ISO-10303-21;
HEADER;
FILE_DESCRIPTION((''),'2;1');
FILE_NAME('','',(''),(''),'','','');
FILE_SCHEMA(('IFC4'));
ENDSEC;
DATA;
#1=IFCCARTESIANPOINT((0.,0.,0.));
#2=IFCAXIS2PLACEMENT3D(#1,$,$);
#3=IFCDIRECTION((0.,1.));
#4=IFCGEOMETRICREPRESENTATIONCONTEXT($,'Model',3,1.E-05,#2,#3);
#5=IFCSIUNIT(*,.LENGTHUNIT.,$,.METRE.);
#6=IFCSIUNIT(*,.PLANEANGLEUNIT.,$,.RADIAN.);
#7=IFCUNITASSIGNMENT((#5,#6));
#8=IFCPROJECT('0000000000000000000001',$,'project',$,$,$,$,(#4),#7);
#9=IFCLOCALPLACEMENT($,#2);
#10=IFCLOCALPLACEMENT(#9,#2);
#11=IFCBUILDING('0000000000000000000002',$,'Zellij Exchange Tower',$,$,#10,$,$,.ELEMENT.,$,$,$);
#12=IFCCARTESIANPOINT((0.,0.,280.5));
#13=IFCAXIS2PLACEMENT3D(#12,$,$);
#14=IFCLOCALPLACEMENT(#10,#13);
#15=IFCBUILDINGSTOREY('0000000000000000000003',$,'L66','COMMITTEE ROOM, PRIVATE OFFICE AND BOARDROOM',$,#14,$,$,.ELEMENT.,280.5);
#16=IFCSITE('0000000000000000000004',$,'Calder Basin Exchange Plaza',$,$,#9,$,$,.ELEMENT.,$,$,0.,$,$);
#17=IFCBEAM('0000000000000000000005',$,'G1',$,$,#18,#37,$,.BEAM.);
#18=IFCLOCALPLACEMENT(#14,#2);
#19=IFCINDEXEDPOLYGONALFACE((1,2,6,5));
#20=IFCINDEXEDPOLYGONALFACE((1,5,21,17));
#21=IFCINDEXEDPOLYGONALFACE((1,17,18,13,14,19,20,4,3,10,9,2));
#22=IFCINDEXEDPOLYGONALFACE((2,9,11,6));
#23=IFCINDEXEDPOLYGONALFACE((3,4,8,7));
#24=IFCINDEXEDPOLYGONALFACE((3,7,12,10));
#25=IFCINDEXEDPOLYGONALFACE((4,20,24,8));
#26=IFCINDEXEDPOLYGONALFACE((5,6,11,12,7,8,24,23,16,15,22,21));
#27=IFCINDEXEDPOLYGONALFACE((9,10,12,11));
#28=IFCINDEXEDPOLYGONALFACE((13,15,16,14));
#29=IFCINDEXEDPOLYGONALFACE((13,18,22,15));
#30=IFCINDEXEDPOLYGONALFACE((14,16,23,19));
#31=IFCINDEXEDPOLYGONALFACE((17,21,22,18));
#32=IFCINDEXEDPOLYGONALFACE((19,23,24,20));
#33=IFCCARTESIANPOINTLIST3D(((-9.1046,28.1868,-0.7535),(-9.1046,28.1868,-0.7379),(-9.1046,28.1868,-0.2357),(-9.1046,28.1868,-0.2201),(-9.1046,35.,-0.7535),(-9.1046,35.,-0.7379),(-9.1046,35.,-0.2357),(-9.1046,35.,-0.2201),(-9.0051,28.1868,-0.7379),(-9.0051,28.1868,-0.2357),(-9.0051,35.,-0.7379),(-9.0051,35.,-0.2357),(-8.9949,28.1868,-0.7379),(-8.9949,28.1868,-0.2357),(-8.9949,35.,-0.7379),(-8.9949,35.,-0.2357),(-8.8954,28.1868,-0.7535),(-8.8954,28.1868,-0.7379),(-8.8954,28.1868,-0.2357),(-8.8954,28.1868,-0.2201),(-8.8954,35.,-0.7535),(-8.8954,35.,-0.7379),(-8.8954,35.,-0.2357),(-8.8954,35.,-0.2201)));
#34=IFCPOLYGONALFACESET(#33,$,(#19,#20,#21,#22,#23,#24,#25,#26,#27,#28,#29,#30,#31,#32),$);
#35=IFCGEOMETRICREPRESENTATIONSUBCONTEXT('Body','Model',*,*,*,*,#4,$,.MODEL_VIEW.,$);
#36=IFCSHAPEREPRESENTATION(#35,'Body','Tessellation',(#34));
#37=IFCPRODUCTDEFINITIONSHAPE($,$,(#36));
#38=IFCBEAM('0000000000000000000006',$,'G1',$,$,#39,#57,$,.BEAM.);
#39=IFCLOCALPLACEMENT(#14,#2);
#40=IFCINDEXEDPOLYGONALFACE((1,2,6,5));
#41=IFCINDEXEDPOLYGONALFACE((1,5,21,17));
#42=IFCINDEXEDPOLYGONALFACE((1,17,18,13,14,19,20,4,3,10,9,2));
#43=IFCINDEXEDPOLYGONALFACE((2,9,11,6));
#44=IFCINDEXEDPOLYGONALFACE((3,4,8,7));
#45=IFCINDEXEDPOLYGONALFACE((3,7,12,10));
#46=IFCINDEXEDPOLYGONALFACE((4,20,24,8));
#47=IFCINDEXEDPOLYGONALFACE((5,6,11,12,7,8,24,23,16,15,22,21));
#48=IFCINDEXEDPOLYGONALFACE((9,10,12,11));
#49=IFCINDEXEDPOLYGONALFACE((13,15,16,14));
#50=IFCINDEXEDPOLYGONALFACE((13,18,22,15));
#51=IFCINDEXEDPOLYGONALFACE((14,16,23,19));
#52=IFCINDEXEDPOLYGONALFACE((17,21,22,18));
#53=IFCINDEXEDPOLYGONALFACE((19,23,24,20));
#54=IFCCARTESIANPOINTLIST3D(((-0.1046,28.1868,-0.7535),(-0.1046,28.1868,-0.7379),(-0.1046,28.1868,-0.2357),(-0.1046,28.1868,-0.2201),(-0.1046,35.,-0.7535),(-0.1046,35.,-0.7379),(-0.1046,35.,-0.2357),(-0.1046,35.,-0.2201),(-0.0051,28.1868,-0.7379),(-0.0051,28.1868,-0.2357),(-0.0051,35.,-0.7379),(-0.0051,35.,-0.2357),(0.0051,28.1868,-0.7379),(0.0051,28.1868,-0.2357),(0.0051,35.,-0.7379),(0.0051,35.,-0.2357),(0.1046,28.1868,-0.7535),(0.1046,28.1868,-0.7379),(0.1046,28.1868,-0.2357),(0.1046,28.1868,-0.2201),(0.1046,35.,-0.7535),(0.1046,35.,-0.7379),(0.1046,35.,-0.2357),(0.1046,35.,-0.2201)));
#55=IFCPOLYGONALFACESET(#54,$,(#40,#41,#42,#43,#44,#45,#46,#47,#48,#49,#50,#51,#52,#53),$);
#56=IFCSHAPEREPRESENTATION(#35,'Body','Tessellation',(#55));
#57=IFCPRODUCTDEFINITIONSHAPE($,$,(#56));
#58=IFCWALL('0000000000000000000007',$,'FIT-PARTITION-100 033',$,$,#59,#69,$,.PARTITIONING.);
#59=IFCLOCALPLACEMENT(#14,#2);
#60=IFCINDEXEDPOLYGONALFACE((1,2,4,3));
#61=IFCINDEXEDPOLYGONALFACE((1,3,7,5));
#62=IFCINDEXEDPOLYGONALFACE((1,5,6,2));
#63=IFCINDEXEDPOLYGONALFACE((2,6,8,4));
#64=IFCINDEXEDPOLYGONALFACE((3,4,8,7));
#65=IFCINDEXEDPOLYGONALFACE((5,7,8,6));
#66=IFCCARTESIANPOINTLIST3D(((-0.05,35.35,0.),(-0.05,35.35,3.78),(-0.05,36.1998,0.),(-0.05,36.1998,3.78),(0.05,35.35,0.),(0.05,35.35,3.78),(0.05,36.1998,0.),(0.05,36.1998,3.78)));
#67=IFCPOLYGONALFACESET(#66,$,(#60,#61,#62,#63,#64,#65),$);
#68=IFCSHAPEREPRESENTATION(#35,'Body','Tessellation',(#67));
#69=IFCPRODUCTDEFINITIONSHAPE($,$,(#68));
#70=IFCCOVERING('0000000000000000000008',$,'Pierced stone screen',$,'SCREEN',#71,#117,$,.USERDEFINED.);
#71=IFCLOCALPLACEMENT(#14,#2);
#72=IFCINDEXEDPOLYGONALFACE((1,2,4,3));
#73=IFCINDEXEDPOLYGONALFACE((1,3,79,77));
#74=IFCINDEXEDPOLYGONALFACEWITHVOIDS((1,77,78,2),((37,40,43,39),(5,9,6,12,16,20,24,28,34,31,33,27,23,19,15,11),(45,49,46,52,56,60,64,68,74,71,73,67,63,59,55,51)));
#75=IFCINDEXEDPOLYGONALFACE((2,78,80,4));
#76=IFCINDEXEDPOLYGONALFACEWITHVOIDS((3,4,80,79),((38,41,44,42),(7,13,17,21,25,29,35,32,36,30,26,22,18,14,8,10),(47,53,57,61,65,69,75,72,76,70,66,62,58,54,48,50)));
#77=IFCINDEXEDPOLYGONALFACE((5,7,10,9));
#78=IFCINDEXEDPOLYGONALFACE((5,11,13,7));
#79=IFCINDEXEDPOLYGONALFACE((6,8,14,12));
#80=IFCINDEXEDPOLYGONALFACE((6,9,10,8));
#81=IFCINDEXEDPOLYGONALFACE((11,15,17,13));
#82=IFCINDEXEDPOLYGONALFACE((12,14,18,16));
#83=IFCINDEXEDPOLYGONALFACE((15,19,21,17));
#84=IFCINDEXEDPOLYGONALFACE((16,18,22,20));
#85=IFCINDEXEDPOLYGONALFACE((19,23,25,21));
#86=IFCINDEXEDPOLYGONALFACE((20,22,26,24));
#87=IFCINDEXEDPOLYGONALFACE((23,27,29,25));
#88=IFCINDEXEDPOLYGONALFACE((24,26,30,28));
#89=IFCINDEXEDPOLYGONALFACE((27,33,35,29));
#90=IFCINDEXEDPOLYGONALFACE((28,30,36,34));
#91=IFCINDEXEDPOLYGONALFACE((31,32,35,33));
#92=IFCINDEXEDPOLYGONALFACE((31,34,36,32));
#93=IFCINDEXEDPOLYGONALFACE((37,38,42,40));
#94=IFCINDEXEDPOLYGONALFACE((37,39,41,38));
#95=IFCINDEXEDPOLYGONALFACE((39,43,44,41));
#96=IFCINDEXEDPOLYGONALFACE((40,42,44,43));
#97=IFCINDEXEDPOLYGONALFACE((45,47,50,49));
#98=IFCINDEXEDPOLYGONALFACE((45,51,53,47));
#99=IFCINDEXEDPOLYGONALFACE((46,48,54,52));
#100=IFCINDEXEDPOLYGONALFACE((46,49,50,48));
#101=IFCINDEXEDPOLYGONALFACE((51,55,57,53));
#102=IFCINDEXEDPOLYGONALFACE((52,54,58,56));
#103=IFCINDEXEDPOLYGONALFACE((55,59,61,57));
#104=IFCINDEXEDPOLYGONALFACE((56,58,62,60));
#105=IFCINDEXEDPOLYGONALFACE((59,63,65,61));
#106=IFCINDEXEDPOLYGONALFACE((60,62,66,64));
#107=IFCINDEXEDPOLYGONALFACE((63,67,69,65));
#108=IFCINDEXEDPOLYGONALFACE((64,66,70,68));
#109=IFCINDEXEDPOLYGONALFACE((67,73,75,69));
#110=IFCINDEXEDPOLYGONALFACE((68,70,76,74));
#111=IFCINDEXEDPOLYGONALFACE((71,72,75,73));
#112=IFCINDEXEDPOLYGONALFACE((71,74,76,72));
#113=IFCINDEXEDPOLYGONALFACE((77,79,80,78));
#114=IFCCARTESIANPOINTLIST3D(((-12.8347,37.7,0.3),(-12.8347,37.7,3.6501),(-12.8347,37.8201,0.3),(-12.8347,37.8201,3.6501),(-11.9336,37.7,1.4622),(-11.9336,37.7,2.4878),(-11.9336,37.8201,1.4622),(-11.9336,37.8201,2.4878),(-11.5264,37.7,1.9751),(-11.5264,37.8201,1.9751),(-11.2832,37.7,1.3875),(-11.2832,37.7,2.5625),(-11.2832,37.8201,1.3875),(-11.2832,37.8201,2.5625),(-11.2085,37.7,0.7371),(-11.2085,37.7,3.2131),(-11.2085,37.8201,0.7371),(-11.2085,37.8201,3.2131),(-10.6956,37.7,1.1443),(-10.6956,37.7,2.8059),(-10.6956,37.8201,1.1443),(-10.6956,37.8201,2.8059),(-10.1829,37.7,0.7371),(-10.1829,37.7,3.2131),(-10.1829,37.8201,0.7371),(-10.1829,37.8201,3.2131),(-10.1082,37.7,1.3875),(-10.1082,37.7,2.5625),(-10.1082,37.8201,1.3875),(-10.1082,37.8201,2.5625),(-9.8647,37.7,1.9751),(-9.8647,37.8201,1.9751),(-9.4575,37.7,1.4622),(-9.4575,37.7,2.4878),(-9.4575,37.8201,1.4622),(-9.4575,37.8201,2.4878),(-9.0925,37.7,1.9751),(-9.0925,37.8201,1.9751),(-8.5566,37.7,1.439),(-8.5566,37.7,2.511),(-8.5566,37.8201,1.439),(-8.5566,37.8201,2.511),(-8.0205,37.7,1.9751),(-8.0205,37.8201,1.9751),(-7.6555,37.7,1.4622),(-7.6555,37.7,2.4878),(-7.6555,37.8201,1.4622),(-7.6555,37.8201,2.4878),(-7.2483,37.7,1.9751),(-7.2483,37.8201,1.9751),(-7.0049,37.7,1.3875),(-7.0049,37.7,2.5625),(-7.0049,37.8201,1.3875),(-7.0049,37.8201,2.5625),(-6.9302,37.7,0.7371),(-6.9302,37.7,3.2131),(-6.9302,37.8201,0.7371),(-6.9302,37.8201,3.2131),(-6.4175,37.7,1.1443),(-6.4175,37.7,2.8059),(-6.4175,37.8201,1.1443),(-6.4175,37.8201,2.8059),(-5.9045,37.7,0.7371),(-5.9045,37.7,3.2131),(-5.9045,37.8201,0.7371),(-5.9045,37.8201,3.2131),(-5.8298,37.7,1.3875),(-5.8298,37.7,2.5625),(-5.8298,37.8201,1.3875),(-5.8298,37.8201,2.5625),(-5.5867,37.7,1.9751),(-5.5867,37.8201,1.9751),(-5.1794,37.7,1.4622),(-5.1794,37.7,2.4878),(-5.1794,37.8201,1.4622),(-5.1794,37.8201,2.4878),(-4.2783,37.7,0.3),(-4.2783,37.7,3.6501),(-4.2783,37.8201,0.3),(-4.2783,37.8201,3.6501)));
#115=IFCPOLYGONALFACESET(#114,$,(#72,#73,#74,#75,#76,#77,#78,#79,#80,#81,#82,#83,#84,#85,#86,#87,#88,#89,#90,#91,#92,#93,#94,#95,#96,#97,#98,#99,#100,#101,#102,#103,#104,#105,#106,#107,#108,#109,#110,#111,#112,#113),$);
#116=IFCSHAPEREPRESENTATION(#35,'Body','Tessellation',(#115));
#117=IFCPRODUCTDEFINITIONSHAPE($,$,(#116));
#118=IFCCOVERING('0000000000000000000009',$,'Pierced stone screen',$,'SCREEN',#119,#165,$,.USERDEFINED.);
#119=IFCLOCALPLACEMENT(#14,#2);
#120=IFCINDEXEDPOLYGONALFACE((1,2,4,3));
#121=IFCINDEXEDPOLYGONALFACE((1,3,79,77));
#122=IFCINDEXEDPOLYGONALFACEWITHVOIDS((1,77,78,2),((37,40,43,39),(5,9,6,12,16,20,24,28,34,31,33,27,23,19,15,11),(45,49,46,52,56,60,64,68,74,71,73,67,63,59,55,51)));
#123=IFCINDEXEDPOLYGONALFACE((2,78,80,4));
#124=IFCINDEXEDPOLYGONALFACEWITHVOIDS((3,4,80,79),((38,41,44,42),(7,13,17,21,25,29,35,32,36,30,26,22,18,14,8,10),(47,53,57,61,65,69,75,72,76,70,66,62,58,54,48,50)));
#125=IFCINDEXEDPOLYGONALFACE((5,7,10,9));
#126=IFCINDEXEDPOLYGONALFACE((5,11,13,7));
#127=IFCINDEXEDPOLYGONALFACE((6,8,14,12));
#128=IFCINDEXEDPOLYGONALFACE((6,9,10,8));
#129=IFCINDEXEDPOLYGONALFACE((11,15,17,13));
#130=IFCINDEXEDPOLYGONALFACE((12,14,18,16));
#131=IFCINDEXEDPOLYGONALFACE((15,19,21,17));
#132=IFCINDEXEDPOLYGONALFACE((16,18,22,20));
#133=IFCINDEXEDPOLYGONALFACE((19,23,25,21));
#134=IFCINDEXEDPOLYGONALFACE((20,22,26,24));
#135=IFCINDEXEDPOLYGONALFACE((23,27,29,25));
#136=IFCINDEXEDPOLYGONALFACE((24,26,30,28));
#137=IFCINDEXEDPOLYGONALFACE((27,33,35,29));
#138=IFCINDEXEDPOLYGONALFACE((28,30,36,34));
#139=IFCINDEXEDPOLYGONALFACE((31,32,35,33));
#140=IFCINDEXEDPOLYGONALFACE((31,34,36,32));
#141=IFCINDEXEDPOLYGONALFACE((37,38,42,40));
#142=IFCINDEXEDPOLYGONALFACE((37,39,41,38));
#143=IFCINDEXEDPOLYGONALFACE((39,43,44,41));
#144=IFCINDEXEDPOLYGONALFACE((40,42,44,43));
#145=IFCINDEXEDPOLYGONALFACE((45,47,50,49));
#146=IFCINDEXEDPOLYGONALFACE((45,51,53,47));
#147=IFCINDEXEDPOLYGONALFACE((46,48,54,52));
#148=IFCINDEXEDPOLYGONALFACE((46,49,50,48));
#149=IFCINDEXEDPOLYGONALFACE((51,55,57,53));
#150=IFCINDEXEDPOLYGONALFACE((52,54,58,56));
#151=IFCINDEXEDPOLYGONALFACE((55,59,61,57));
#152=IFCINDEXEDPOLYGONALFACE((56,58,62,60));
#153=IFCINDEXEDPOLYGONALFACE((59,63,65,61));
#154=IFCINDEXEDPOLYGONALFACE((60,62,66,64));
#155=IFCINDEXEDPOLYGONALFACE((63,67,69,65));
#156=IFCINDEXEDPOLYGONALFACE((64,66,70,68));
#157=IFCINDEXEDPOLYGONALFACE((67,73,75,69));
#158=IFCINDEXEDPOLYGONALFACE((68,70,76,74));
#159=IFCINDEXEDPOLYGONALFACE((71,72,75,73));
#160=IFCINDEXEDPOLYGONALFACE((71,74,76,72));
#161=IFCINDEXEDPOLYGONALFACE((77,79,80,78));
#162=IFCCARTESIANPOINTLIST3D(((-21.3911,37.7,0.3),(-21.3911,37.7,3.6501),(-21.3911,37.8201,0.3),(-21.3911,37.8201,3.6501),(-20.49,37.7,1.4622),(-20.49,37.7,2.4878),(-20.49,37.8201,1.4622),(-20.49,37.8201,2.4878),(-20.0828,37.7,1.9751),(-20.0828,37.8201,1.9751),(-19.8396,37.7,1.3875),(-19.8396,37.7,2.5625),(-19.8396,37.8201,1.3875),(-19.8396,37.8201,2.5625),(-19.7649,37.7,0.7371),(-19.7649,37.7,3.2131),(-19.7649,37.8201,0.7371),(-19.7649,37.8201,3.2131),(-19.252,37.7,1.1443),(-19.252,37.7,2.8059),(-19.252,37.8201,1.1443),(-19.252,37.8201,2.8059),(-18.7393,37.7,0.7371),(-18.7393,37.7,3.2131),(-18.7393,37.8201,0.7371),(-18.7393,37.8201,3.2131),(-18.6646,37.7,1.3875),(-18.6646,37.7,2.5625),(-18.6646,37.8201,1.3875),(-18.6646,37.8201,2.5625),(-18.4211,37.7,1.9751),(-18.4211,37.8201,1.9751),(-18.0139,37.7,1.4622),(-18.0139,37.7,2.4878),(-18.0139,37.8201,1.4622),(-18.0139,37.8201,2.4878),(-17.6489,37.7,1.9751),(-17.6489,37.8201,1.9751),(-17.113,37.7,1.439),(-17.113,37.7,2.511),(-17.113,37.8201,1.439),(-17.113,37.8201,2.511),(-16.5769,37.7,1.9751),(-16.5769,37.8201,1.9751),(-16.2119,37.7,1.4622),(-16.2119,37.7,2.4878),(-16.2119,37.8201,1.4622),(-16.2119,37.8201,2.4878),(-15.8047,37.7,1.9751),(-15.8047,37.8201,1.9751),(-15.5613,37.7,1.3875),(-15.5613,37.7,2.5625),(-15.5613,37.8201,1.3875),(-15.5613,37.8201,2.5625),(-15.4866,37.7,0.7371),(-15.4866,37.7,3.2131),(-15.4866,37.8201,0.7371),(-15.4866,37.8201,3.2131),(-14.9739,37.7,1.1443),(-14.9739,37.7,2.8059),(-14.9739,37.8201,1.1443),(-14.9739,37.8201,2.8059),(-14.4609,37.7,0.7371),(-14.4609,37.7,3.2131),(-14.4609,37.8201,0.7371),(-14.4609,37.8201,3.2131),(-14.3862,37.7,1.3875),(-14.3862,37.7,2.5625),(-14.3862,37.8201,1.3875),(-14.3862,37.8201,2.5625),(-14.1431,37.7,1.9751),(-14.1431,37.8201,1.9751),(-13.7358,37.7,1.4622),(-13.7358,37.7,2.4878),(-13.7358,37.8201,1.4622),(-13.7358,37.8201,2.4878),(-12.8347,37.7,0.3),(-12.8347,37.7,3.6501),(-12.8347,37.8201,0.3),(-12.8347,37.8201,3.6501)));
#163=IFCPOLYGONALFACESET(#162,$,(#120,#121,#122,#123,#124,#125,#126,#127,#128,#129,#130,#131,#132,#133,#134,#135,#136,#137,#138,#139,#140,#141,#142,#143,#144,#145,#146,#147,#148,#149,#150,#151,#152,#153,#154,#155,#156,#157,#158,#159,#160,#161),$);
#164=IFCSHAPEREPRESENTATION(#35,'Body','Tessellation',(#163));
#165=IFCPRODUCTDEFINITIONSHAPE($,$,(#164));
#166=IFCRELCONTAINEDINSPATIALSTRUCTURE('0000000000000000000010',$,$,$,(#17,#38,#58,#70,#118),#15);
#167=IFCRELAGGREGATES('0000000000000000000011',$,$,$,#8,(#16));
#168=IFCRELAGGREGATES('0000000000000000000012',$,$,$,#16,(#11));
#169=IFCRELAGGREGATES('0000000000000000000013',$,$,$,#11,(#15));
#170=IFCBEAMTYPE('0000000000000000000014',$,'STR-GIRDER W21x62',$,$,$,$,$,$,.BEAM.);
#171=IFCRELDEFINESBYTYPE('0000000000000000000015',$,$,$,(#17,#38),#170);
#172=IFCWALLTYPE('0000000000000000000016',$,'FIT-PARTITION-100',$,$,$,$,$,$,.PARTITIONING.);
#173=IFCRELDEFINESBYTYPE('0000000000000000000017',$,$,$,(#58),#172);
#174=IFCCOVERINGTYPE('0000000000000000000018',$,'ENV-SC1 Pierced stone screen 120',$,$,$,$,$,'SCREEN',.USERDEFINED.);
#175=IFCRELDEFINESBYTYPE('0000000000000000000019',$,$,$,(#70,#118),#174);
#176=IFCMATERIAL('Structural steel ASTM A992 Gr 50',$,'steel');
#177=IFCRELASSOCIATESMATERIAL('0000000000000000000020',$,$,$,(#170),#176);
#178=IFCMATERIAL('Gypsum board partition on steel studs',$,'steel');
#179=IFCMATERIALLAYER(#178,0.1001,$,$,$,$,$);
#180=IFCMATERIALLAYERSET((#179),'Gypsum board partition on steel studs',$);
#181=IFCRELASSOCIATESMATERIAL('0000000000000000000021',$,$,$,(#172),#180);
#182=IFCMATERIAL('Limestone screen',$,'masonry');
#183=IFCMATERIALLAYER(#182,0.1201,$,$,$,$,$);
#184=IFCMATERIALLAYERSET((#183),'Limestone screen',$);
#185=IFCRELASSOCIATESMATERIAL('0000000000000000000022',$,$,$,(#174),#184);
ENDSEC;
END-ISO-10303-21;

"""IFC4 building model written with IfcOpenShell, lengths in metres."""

from ifc_helpers import new_model, si_unit, direction, frame, frame_2d, origin, origin_2d, place, context, subcontext, project, spatial, polyline, rectangle, i_section, outline, extrude, material, layer, layer_set, material_profile, profile_set, type_object, element, save


model = new_model("IFC4")

# Units and contexts
model_context = context("Model", 3, precision=1e-05, world=origin(), true_north=direction((0.0, 1.0)))
body_context = subcontext(model_context, "Body", "Model", "MODEL_VIEW")
ifc_project = project(units=[si_unit("LENGTHUNIT", "METRE"), si_unit("PLANEANGLEUNIT", "RADIAN")], contexts=[model_context])

# Site, building, storey
site_placement = place(None, origin())
site = spatial("IfcSite", under=ifc_project, at=site_placement, Name="Calder Basin Exchange Plaza", CompositionType="ELEMENT", RefElevation=0.0)
building_placement = place(site_placement, origin())
building = spatial("IfcBuilding", under=site, at=building_placement, Name="Zellij Exchange Tower", CompositionType="ELEMENT")
storey_placement = place(building_placement, frame((0.0, 0.0, 280.5)))
storey = spatial("IfcBuildingStorey", under=building, at=storey_placement, Name="L66", Description="COMMITTEE ROOM, PRIVATE OFFICE AND BOARDROOM", CompositionType="ELEMENT", Elevation=280.5)

# Shared definitions
ifc_material_1 = material(Name="Structural steel ASTM A992 Gr 50", Category="steel")

# Beams
ifc_material_profile_1 = material_profile(ifc_material_1, i_section(OverallWidth=0.2092, OverallDepth=0.5334, WebThickness=0.0103, FlangeThickness=0.0156, at=origin_2d()), Name="W21x62")
ifc_profile_set_1 = profile_set([ifc_material_profile_1], Name="Structural steel ASTM A992 Gr 50")
beam_type = type_object("IfcBeamType", Name="STR-GIRDER W21x62", PredefinedType="BEAM", material=ifc_profile_set_1)
for number, where, z_axis, x_axis, name in (
    (1, (-9.0, 28.1868, -0.4868), (0.0, 1.0, 0.0), (-1.0, 0.0, 0.0), "G1"),
    (2, (0.0, 28.1868, -0.4868), (0.0, 1.0, 0.0), (-1.0, 0.0, 0.0), "G1"),
):
    element("IfcBeam", number, at=place(storey_placement, frame(where, z_axis=z_axis, x_axis=x_axis)), inside=storey, type_object=beam_type, Name=name, PredefinedType="BEAM", context=body_context, shape_type="SweptSolid", body=[
        extrude(i_section(OverallWidth=0.2092, OverallDepth=0.5334, WebThickness=0.0103, FlangeThickness=0.0156, at=origin_2d()), origin(), (0.0, 0.0, 1.0), 6.8132),
    ])

# Wall
ifc_material_2 = material(Name="Gypsum board partition on steel studs", Category="steel")
ifc_layer_1 = layer(ifc_material_2, 0.1001)
ifc_layer_set_1 = layer_set([ifc_layer_1], Name="Gypsum board partition on steel studs")
wall_type = type_object("IfcWallType", Name="FIT-PARTITION-100", PredefinedType="PARTITIONING", material=ifc_layer_set_1)
wall_1_placement = place(storey_placement, frame((0.0, 35.3501, 0.0), z_axis=(0.0, 0.0, 1.0), x_axis=(0.0, 1.0, 0.0)))
element("IfcWall", 3, at=wall_1_placement, inside=storey, type_object=wall_type, Name="FIT-PARTITION-100 033", PredefinedType="PARTITIONING", context=body_context, shape_type="SweptSolid", body=[
    extrude(rectangle(XDim=0.8499, YDim=0.1001, at=frame_2d((0.4248, 0.0))), origin(), (0.0, 0.0, 1.0), 3.78),
])

# Coverings
ifc_material_3 = material(Name="Limestone screen", Category="masonry")
ifc_layer_2 = layer(ifc_material_3, 0.1201)
ifc_layer_set_2 = layer_set([ifc_layer_2], Name="Limestone screen")
covering_type = type_object("IfcCoveringType", Name="ENV-SC1 Pierced stone screen 120", ElementType="SCREEN", PredefinedType="USERDEFINED", material=ifc_layer_set_2)
for number, where, z_axis, x_axis, name in (
    (4, (-4.2783, 37.76, 0.3), (0.0, 0.0, 1.0), (-1.0, 0.0, 0.0), "Pierced stone screen"),
    (5, (-12.8347, 37.76, 0.3), (0.0, 0.0, 1.0), (-1.0, 0.0, 0.0), "Pierced stone screen"),
):
    element("IfcCovering", number, at=place(storey_placement, frame(where, z_axis=z_axis, x_axis=x_axis)), inside=storey, type_object=covering_type, Name=name, ObjectType="SCREEN", PredefinedType="USERDEFINED", context=body_context, shape_type="SweptSolid", body=[
        extrude(outline(polyline([(0.0, 0.0), (8.5564, 0.0), (8.5564, 3.3501), (0.0, 3.3501), (0.0, 0.0)]), holes=[polyline([(3.3772, 2.1877), (2.7266, 2.2625), (2.6519, 2.9131), (2.1392, 2.5059), (1.6262, 2.9131), (1.5515, 2.2625), (0.9011, 2.1877), (1.3083, 1.675), (0.9011, 1.1621), (1.5515, 1.0874), (1.6262, 0.437), (2.1392, 0.8442), (2.6519, 0.437), (2.7266, 1.0874), (3.3772, 1.1621), (2.97, 1.675), (3.3772, 2.1877)]), polyline([(7.6553, 2.1877), (7.0049, 2.2625), (6.9302, 2.9131), (6.4172, 2.5059), (5.9045, 2.9131), (5.8298, 2.2625), (5.1792, 2.1877), (5.5864, 1.675), (5.1792, 1.1621), (5.8298, 1.0874), (5.9045, 0.437), (6.4172, 0.8442), (6.9302, 0.437), (7.0049, 1.0874), (7.6553, 1.1621), (7.248, 1.675), (7.6553, 2.1877)]), polyline([(4.8142, 1.675), (4.2783, 2.2109), (3.7422, 1.675), (4.2783, 1.1389), (4.8142, 1.675)])]), frame((0.0, 0.0601, 0.0), z_axis=(0.0, -1.0, 0.0), x_axis=(1.0, 0.0, 0.0)), (0.0, 0.0, 1.0), 0.1201),
    ])

save(model, "model.ifc")
